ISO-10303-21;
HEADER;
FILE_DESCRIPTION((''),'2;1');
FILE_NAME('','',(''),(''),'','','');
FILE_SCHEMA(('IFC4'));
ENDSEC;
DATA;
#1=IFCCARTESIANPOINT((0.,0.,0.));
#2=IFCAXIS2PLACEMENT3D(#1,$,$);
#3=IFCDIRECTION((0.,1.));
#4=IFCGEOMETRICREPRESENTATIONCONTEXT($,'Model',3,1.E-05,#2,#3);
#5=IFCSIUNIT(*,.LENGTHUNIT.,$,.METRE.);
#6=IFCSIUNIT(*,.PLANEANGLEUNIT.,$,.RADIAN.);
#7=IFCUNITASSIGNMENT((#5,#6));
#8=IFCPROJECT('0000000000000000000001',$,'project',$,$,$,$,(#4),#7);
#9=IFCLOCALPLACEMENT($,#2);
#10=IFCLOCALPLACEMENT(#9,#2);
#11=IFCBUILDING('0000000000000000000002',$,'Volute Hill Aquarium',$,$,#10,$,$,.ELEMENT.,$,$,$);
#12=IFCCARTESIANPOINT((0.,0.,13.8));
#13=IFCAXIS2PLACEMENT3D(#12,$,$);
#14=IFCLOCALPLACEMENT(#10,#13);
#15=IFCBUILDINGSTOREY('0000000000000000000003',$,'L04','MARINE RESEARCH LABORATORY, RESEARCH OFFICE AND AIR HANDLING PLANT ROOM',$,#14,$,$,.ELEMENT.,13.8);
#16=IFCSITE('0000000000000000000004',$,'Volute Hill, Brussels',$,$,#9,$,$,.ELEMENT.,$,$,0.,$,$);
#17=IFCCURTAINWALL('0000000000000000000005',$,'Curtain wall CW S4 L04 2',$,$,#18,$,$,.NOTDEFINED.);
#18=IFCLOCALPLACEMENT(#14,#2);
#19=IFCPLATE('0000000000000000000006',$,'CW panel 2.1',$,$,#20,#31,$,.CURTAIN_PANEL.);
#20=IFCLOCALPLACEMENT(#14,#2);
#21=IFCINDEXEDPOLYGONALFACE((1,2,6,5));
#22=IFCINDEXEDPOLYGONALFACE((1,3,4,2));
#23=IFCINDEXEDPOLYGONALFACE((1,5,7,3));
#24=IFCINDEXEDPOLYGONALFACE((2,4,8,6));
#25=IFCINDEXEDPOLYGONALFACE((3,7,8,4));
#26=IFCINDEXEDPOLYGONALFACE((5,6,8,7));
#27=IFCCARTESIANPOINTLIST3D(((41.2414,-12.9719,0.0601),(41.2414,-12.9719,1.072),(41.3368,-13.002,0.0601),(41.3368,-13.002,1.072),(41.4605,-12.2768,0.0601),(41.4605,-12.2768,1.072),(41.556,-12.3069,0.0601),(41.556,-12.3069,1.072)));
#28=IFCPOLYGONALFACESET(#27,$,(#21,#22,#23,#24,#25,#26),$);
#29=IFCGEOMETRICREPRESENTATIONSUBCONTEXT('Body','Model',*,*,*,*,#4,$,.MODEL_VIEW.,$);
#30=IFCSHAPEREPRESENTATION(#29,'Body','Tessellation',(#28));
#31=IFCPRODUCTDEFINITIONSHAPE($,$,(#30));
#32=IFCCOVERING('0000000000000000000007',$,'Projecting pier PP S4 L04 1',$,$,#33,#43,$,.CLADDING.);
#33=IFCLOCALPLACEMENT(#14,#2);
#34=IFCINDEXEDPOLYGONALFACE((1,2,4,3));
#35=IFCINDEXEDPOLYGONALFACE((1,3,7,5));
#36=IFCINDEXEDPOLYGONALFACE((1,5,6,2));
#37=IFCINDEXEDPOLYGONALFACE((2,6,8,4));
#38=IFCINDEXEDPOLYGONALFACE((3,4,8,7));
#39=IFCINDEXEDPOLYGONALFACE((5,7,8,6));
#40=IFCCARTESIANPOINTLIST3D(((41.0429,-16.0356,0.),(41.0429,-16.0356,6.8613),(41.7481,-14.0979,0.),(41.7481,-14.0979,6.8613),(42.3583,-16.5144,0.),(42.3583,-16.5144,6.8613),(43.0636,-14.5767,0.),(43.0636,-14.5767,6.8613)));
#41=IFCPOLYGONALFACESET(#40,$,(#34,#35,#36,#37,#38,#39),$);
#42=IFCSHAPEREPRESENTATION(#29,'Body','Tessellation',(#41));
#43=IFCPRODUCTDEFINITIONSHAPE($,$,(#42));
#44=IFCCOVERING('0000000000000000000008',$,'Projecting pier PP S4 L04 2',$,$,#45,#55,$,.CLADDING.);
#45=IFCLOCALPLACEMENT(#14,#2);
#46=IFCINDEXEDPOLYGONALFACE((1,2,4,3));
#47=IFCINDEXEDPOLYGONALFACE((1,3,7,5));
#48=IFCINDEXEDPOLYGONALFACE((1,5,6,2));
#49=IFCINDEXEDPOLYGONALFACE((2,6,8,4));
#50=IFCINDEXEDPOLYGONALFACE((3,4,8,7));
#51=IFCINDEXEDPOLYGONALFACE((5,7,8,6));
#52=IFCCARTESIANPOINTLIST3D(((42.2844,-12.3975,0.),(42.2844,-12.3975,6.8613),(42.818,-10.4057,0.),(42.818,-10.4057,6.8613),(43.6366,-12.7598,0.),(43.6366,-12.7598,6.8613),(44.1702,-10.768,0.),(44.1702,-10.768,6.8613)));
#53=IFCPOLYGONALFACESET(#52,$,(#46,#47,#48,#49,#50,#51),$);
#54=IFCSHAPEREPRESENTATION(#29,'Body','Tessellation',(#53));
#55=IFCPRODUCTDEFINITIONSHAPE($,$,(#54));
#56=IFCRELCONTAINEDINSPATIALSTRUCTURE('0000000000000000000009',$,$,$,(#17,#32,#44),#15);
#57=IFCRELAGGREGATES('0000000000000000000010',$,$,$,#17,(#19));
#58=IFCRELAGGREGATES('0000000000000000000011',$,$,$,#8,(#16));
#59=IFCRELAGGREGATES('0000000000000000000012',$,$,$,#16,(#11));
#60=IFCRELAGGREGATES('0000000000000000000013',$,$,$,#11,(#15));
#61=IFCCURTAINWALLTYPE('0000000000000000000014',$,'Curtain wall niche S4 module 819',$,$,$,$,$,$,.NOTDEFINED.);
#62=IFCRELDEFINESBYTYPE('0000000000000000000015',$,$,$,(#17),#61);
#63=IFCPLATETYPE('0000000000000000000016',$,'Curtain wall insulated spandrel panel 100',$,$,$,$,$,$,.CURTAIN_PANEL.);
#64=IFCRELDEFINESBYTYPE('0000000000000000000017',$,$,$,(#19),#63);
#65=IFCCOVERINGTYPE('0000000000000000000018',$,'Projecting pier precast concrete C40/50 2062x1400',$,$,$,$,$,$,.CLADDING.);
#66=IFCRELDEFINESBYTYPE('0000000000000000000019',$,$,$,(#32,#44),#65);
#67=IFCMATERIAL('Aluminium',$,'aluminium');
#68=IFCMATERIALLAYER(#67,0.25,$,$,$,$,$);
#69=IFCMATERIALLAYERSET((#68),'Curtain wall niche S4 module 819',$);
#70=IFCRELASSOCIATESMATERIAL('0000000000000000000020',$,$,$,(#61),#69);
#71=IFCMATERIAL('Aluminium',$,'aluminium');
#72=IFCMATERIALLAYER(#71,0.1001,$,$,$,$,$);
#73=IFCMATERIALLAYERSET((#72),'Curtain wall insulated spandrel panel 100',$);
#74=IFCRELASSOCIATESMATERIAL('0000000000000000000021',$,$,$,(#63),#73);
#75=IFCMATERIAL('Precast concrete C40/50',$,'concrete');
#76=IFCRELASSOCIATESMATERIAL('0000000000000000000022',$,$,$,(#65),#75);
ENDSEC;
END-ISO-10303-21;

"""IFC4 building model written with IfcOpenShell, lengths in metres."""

from ifc_helpers import new_model, si_unit, direction, frame, origin, origin_2d, place, context, subcontext, project, spatial, rectangle, extrude, material, layer, layer_set, type_object, element, aggregate, save


model = new_model("IFC4")

# Units and contexts
model_context = context("Model", 3, precision=1e-05, world=origin(), true_north=direction((0.0, 1.0)))
body_context = subcontext(model_context, "Body", "Model", "MODEL_VIEW")
ifc_project = project(units=[si_unit("LENGTHUNIT", "METRE"), si_unit("PLANEANGLEUNIT", "RADIAN")], contexts=[model_context])

# Site, building, storey
site_placement = place(None, origin())
site = spatial("IfcSite", under=ifc_project, at=site_placement, Name="Volute Hill, Brussels", CompositionType="ELEMENT", RefElevation=0.0)
building_placement = place(site_placement, origin())
building = spatial("IfcBuilding", under=site, at=building_placement, Name="Volute Hill Aquarium", CompositionType="ELEMENT")
storey_placement = place(building_placement, frame((0.0, 0.0, 13.8)))
storey = spatial("IfcBuildingStorey", under=building, at=storey_placement, Name="L04", Description="MARINE RESEARCH LABORATORY, RESEARCH OFFICE AND AIR HANDLING PLANT ROOM", CompositionType="ELEMENT", Elevation=13.8)

# Curtain wall
ifc_material_1 = material(Name="Aluminium", Category="aluminium")
ifc_layer_1 = layer(ifc_material_1, 0.25)
ifc_layer_set_1 = layer_set([ifc_layer_1], Name="Curtain wall niche S4 module 819")
curtain_wall_type_1 = type_object("IfcCurtainWallType", Name="Curtain wall niche S4 module 819", PredefinedType="NOTDEFINED", material=ifc_layer_set_1)
curtain_wall_1_placement = place(storey_placement, origin())
curtain_wall_1 = element("IfcCurtainWall", 1, at=curtain_wall_1_placement, inside=storey, type_object=curtain_wall_type_1, Name="Curtain wall CW S4 L04 2", PredefinedType="NOTDEFINED")

# Plate
ifc_material_2 = material(Name="Aluminium", Category="aluminium")
ifc_layer_2 = layer(ifc_material_2, 0.1001)
ifc_layer_set_2 = layer_set([ifc_layer_2], Name="Curtain wall insulated spandrel panel 100")
plate_type_1 = type_object("IfcPlateType", Name="Curtain wall insulated spandrel panel 100", PredefinedType="CURTAIN_PANEL", material=ifc_layer_set_2)
plate_1_placement = place(storey_placement, frame((41.3987, -12.6394, 0.0601), z_axis=(0.0, 0.0, 1.0), x_axis=(0.30071, 0.953716, 0.0)))
plate_1 = element("IfcPlate", 2, at=plate_1_placement, type_object=plate_type_1, Name="CW panel 2.1", PredefinedType="CURTAIN_PANEL", context=body_context, shape_type="SweptSolid", body=[
    extrude(rectangle(XDim=0.7288, YDim=0.1001, at=origin_2d()), origin(), (0.0, 0.0, 1.0), 1.012),
])
aggregate(curtain_wall_1, [plate_1])

# Coverings
ifc_material_3 = material(Name="Precast concrete C40/50", Category="concrete")
covering_type = type_object("IfcCoveringType", Name="Projecting pier precast concrete C40/50 2062x1400", PredefinedType="CLADDING", material=ifc_material_3)
for number, where, z_axis, x_axis, name in (
    (3, (42.0532, -15.3062, 0.0), (0.0, 0.0, 1.0), (0.34202, 0.939693, 0.0), "Projecting pier PP S4 L04 1"),
    (4, (43.2273, -11.5828, 0.0), (0.0, 0.0, 1.0), (0.258819, 0.965926, 0.0), "Projecting pier PP S4 L04 2"),
):
    element("IfcCovering", number, at=place(storey_placement, frame(where, z_axis=z_axis, x_axis=x_axis)), inside=storey, type_object=covering_type, Name=name, PredefinedType="CLADDING", context=body_context, shape_type="SweptSolid", body=[
        extrude(rectangle(XDim=2.062, YDim=1.3999, at=origin_2d()), origin(), (0.0, 0.0, 1.0), 6.8613),
    ])

save(model, "model.ifc")
